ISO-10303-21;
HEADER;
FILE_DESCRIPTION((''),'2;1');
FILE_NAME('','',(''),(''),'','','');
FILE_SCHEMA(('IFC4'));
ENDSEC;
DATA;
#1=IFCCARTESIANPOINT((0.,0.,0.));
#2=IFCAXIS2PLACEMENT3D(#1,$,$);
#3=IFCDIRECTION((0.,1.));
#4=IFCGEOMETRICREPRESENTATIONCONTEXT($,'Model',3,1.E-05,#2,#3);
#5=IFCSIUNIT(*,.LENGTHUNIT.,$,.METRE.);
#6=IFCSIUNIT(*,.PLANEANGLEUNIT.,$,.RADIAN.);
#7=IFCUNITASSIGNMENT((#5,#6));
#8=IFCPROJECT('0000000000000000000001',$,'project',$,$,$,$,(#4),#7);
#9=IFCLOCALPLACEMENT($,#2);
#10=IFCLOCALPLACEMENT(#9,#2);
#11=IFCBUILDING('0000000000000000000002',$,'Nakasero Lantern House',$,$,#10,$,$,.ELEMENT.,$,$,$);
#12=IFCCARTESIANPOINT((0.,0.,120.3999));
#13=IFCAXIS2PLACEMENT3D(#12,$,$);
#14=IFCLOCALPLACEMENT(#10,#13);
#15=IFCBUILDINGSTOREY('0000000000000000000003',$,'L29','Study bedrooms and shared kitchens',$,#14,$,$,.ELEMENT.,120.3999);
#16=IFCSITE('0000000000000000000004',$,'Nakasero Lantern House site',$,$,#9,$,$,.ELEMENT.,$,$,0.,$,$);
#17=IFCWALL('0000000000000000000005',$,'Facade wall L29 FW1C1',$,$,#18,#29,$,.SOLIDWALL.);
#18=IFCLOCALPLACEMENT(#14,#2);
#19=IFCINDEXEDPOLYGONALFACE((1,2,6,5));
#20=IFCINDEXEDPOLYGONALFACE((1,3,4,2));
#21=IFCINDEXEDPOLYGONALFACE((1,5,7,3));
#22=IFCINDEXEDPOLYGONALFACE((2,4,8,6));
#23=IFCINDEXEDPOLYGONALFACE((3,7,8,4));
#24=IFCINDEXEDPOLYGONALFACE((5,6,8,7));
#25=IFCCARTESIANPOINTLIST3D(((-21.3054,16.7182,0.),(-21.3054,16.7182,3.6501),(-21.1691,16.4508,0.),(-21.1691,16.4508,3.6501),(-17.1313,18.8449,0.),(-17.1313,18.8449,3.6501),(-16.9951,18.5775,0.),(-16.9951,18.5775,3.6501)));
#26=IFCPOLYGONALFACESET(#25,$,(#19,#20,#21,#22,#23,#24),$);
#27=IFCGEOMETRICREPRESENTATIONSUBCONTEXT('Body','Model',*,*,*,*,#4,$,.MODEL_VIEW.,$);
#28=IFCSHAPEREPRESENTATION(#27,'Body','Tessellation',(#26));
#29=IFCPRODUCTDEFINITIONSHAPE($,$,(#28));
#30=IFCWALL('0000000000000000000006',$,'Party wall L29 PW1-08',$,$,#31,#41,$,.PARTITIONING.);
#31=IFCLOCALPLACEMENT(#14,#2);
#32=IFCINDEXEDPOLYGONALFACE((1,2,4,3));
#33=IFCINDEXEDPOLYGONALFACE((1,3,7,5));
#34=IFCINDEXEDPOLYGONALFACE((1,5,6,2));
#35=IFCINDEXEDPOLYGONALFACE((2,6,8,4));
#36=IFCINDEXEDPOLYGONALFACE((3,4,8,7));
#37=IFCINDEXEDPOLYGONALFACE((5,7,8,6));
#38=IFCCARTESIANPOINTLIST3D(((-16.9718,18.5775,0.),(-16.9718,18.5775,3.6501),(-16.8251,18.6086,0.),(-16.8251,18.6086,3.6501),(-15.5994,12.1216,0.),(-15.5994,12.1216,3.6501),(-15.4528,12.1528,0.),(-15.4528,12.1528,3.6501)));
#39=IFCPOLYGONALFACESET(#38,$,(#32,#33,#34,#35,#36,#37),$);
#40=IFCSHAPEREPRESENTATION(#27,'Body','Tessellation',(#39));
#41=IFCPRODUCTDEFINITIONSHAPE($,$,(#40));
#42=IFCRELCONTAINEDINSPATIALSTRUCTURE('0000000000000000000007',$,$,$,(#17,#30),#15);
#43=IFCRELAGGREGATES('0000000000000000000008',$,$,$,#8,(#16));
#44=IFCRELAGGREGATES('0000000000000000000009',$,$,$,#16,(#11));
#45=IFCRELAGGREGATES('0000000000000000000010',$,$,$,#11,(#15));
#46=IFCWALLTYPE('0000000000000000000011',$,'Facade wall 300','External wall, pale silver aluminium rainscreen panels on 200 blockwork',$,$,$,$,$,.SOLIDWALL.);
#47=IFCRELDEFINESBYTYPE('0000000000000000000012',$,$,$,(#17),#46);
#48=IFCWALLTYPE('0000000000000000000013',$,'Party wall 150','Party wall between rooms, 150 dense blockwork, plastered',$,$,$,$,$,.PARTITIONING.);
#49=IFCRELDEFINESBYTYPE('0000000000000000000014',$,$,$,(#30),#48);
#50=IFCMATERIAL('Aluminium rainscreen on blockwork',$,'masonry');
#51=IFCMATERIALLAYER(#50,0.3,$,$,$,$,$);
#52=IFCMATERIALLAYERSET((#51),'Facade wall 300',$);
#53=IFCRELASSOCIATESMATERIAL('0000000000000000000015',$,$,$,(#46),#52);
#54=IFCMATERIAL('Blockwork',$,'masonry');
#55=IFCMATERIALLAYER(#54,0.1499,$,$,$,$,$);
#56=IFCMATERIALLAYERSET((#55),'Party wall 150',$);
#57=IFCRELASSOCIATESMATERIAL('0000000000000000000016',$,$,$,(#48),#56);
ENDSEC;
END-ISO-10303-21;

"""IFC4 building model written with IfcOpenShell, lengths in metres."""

from ifc_helpers import new_model, si_unit, direction, frame, frame_2d, origin, place, context, subcontext, project, spatial, rectangle, extrude, material, layer, layer_set, type_object, element, save


model = new_model("IFC4")

# Units and contexts
model_context = context("Model", 3, precision=1e-05, world=origin(), true_north=direction((0.0, 1.0)))
body_context = subcontext(model_context, "Body", "Model", "MODEL_VIEW")
ifc_project = project(units=[si_unit("LENGTHUNIT", "METRE"), si_unit("PLANEANGLEUNIT", "RADIAN")], contexts=[model_context])

# Site, building, storey
site_placement = place(None, origin())
site = spatial("IfcSite", under=ifc_project, at=site_placement, Name="Nakasero Lantern House site", CompositionType="ELEMENT", RefElevation=0.0)
building_placement = place(site_placement, origin())
building = spatial("IfcBuilding", under=site, at=building_placement, Name="Nakasero Lantern House", CompositionType="ELEMENT")
storey_placement = place(building_placement, frame((0.0, 0.0, 120.3999)))
storey = spatial("IfcBuildingStorey", under=building, at=storey_placement, Name="L29", Description="Study bedrooms and shared kitchens", CompositionType="ELEMENT", Elevation=120.3999)

# Walls
ifc_material_1 = material(Name="Aluminium rainscreen on blockwork", Category="masonry")
ifc_layer_1 = layer(ifc_material_1, 0.3)
ifc_layer_set_1 = layer_set([ifc_layer_1], Name="Facade wall 300")
wall_type_1 = type_object("IfcWallType", Name="Facade wall 300", Description="External wall, pale silver aluminium rainscreen panels on 200 blockwork", PredefinedType="SOLIDWALL", material=ifc_layer_set_1)
wall_1_placement = place(storey_placement, frame((-17.0632, 18.7112, 0.0), z_axis=(0.0, 0.0, 1.0), x_axis=(-0.891014, -0.453976, 0.0)))
element("IfcWall", 1, at=wall_1_placement, inside=storey, type_object=wall_type_1, Name="Facade wall L29 FW1C1", PredefinedType="SOLIDWALL", context=body_context, shape_type="SweptSolid", body=[
    extrude(rectangle(XDim=4.6846, YDim=0.3, at=frame_2d((2.3423, 0.0))), origin(), (0.0, 0.0, 1.0), 3.6501),
])
ifc_material_2 = material(Name="Blockwork", Category="masonry")
ifc_layer_2 = layer(ifc_material_2, 0.1499)
ifc_layer_set_2 = layer_set([ifc_layer_2], Name="Party wall 150")
wall_type_2 = type_object("IfcWallType", Name="Party wall 150", Description="Party wall between rooms, 150 dense blockwork, plastered", PredefinedType="PARTITIONING", material=ifc_layer_set_2)
wall_2_placement = place(storey_placement, frame((-15.5261, 12.1372, 0.0), z_axis=(0.0, 0.0, 1.0), x_axis=(-0.207925, 0.978145, 0.0)))
element("IfcWall", 2, at=wall_2_placement, inside=storey, type_object=wall_type_2, Name="Party wall L29 PW1-08", PredefinedType="PARTITIONING", context=body_context, shape_type="SweptSolid", body=[
    extrude(rectangle(XDim=6.6001, YDim=0.1499, at=frame_2d((3.3, 0.0))), origin(), (0.0, 0.0, 1.0), 3.6501),
])

save(model, "model.ifc")
